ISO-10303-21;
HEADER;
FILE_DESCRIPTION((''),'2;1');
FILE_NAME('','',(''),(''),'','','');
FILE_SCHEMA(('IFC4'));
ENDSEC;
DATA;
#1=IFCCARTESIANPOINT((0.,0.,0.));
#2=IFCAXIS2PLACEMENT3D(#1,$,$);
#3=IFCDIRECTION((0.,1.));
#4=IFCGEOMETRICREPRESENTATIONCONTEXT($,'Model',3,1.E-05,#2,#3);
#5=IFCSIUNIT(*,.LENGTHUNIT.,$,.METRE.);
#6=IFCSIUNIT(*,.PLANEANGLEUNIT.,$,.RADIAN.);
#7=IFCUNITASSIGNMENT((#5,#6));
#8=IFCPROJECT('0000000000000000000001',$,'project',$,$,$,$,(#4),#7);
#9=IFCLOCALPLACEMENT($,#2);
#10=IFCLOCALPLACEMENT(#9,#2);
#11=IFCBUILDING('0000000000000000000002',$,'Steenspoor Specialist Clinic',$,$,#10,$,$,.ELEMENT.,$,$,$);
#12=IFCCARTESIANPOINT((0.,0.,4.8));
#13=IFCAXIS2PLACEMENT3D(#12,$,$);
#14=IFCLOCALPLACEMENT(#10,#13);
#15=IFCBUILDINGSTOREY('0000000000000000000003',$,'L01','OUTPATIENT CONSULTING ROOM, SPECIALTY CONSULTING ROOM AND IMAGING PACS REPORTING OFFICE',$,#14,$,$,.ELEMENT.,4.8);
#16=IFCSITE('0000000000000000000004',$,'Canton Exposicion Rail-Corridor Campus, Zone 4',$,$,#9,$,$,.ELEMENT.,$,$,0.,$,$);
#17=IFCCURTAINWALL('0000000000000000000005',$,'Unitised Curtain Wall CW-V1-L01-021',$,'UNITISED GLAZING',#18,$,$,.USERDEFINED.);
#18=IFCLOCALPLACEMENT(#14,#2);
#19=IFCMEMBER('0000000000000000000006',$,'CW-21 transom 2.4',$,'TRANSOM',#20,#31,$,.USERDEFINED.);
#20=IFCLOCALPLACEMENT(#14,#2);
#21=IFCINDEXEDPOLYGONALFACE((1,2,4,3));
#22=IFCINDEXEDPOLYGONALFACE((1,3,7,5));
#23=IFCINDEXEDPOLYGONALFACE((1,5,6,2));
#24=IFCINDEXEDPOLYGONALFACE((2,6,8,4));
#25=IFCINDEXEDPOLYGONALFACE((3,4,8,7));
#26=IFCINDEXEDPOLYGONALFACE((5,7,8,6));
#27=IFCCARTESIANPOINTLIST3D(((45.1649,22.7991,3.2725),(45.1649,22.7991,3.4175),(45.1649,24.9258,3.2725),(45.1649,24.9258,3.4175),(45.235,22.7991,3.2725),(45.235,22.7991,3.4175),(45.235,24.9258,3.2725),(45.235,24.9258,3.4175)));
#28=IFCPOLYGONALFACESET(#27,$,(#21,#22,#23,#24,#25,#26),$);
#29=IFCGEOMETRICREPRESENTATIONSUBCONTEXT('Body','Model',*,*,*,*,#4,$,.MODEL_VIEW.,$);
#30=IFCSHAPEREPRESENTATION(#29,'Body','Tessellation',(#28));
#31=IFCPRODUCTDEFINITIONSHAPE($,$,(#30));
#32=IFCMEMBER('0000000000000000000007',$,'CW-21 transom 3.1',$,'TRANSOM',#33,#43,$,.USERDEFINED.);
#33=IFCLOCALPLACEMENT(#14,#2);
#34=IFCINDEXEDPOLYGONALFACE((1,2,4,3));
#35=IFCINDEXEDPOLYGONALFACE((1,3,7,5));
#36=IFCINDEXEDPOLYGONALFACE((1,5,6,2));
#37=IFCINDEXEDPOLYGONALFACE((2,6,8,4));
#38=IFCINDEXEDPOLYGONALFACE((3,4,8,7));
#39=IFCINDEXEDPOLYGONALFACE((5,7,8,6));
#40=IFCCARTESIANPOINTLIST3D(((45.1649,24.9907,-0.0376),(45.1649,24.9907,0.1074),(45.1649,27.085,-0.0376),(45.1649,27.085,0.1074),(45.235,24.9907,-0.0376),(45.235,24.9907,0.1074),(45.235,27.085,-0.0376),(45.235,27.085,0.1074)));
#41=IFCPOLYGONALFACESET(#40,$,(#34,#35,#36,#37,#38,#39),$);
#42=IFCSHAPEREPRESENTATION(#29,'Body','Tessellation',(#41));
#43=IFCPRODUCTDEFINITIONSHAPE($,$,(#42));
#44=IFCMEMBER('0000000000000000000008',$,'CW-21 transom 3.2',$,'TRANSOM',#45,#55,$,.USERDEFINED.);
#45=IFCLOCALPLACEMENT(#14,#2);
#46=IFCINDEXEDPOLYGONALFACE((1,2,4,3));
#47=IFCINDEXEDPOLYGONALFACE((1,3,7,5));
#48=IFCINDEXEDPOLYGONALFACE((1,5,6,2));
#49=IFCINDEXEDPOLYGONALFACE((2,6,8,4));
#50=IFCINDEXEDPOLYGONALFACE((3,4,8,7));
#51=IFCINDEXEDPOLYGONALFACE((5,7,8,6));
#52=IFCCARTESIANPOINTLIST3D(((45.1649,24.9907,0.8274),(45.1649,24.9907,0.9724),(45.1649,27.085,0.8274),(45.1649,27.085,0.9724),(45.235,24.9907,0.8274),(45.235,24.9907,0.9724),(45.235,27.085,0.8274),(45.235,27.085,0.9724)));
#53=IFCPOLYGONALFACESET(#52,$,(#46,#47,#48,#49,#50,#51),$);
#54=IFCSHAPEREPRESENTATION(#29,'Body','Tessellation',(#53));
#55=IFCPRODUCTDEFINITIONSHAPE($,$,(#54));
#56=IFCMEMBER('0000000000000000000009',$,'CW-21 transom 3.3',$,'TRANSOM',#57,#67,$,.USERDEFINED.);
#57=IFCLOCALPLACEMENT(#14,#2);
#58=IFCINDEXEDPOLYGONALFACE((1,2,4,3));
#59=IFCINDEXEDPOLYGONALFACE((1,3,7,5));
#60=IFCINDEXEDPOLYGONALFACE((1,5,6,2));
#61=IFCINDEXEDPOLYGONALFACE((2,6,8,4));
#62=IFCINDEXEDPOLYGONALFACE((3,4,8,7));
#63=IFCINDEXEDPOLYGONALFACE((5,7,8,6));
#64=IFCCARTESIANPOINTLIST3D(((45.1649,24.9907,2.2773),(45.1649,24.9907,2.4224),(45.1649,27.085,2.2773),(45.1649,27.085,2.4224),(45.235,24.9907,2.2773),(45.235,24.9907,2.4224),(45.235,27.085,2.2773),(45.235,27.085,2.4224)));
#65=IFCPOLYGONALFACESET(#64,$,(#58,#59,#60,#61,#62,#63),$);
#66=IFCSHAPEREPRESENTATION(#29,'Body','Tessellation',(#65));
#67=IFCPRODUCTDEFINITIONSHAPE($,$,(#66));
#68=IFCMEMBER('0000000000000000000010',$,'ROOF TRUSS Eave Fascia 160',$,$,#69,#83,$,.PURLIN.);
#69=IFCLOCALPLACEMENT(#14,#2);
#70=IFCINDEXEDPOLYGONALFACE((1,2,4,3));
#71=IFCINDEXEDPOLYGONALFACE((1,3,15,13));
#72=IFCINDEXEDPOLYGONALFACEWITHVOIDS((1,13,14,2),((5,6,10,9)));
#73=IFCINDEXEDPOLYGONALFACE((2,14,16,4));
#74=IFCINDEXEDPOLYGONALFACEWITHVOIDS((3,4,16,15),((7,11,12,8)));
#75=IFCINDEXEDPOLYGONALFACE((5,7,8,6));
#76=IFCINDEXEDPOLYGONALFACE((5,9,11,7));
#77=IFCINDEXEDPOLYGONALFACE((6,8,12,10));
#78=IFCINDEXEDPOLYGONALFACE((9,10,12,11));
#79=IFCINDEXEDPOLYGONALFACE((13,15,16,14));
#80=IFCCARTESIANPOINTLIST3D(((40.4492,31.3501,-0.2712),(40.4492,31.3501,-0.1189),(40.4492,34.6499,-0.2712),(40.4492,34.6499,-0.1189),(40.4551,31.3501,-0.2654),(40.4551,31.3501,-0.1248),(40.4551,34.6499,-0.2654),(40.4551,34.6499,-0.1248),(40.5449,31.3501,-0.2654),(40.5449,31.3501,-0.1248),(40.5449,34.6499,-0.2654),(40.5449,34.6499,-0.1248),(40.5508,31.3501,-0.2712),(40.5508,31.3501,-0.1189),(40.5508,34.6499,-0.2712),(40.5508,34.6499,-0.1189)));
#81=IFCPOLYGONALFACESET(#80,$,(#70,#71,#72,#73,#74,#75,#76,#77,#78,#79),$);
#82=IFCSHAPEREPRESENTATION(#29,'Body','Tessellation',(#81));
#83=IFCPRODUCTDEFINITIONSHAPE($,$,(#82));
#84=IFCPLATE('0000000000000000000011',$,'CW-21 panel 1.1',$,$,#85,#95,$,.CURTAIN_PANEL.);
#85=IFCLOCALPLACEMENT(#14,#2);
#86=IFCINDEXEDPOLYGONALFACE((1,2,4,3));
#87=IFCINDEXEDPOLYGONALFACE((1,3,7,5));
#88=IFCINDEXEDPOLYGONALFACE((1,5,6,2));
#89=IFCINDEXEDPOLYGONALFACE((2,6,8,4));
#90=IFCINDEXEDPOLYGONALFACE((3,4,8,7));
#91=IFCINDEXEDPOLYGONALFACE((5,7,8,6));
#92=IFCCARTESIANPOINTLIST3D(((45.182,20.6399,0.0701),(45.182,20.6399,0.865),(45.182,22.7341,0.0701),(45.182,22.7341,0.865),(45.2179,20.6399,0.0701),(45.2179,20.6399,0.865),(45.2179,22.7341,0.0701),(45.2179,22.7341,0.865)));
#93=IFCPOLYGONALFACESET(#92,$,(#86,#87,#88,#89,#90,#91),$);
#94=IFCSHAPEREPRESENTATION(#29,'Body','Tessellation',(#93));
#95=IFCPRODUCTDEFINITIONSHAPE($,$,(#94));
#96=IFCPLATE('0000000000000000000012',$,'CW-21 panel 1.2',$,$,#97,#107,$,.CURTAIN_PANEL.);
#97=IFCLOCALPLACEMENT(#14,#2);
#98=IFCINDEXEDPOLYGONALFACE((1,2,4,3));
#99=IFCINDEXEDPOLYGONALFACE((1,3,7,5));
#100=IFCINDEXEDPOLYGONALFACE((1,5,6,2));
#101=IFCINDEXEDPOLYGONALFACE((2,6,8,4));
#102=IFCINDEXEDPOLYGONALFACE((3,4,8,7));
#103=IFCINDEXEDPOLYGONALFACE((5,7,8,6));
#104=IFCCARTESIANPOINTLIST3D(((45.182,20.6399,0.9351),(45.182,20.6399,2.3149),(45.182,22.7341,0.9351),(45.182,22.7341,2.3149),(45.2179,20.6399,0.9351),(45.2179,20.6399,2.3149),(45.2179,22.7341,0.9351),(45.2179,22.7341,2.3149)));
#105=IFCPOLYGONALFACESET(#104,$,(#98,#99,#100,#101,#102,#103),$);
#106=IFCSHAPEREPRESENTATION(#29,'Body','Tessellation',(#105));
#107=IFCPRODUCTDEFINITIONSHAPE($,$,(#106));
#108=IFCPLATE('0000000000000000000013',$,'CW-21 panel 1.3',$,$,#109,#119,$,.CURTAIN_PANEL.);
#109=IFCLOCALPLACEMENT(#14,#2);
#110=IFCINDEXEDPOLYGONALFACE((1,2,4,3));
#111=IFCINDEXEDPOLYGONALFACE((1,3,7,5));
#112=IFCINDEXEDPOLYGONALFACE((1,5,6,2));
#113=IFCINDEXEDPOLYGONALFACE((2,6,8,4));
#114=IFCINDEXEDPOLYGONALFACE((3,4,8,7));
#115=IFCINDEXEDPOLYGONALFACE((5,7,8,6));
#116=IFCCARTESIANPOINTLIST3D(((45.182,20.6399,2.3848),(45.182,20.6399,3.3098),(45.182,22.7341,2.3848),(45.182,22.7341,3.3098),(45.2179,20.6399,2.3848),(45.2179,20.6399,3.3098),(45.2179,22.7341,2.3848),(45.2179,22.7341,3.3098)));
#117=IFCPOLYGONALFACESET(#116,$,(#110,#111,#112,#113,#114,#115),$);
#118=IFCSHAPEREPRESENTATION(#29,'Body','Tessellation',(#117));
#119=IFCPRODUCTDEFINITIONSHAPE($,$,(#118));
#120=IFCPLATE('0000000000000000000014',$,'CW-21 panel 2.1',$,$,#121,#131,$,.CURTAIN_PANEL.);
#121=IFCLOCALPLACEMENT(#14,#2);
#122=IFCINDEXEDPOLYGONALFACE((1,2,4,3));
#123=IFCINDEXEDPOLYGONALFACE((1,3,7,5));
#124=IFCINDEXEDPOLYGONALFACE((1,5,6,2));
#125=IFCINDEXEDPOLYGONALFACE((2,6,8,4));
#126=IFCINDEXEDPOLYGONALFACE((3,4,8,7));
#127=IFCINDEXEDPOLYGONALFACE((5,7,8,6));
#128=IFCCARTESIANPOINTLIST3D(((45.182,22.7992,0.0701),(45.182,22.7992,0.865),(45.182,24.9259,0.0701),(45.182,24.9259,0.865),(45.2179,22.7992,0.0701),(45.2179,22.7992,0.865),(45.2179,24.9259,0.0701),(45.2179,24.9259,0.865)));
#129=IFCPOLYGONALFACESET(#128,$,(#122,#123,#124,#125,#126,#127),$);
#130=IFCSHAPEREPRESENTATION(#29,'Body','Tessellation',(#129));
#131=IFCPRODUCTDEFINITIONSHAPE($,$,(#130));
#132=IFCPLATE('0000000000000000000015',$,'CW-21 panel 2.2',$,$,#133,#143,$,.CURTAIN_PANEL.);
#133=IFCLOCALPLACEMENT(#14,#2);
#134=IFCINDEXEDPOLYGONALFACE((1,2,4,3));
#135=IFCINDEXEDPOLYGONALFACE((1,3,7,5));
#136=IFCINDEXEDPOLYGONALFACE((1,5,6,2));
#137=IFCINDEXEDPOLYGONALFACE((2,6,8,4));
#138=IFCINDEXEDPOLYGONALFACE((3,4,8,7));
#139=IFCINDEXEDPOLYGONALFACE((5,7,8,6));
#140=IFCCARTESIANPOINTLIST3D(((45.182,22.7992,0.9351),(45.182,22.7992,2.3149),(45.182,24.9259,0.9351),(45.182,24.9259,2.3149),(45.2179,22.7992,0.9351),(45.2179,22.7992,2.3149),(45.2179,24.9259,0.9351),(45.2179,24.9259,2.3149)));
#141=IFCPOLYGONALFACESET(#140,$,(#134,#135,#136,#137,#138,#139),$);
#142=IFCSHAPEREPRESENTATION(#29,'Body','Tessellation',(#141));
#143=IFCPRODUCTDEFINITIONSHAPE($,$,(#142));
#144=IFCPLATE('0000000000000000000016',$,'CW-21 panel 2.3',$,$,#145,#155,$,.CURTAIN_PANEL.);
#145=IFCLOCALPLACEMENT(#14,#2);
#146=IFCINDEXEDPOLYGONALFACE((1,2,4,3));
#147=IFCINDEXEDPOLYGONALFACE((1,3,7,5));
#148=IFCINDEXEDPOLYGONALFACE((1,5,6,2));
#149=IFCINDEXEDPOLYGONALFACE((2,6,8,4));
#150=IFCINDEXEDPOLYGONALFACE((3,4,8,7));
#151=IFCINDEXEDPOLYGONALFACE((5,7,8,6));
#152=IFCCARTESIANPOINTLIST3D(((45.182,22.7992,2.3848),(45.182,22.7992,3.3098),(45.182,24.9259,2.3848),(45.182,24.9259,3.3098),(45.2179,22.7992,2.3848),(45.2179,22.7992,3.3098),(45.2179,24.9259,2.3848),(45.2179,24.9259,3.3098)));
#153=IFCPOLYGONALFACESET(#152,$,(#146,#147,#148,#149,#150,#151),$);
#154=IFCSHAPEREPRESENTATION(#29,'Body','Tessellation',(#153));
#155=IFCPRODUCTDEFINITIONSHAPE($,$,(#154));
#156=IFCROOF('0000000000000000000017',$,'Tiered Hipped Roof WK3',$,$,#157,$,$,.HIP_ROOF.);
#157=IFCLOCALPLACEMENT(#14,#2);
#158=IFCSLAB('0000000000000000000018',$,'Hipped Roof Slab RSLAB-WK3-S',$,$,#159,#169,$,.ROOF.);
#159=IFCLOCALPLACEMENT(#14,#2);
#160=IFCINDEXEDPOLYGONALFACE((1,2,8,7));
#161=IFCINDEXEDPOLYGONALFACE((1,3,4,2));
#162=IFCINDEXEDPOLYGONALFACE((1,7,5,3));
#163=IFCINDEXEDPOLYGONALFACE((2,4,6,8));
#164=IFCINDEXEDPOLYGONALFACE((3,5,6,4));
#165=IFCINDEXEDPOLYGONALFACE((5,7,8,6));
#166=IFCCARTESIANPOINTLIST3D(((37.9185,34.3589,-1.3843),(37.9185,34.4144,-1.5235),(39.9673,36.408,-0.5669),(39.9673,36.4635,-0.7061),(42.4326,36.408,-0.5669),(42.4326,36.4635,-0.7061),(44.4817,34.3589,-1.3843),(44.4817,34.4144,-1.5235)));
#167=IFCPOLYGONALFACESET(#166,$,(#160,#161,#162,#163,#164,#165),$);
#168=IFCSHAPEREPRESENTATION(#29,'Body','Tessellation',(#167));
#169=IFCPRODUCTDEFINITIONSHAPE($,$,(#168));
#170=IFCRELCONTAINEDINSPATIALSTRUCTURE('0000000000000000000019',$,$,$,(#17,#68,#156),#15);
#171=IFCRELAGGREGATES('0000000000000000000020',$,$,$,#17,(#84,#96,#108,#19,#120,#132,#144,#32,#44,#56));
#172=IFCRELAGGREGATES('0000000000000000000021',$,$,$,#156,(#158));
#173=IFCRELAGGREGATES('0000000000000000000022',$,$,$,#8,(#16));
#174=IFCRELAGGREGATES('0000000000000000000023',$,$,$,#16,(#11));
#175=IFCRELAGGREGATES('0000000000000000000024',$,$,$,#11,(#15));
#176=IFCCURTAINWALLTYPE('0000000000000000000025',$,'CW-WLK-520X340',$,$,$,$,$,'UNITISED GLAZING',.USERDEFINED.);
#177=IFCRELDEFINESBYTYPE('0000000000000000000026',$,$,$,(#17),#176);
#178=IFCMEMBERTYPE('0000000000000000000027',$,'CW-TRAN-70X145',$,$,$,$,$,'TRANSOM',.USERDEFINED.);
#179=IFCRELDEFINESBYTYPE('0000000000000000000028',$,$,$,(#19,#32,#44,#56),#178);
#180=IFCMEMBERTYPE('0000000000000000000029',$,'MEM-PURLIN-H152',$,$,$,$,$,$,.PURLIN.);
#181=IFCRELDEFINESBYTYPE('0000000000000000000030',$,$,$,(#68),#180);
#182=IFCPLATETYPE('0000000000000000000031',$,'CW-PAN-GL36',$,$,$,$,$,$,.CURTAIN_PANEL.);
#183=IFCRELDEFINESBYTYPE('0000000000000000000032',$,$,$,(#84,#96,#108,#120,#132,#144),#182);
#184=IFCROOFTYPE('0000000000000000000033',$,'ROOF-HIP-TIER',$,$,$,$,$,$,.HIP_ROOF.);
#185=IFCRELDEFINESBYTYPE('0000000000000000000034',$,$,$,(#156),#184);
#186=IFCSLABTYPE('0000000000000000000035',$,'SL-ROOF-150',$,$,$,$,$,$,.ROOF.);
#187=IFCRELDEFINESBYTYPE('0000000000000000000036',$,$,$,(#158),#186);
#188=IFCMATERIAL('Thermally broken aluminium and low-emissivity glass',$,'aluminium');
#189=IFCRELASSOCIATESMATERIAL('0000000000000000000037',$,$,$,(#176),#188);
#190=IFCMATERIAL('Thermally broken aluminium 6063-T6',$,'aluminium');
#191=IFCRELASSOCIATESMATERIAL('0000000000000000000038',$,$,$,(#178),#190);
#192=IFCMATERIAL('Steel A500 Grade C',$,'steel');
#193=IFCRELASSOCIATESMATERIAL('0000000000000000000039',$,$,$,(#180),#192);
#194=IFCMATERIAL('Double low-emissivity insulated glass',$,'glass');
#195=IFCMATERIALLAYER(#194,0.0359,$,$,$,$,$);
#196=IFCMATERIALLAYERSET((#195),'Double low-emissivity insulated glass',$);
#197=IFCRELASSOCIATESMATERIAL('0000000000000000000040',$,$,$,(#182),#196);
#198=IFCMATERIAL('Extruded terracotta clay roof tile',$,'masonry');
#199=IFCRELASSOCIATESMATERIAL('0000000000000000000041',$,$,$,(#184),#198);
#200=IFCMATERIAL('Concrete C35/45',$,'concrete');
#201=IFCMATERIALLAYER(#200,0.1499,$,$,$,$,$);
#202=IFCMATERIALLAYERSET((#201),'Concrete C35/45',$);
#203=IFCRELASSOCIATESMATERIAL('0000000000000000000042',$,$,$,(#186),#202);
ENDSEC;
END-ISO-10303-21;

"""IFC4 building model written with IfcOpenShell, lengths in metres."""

from ifc_helpers import new_model, si_unit, direction, frame, origin, origin_2d, place, context, subcontext, project, spatial, polyline, rectangle, hollow_rectangle, outline, extrude, material, layer, layer_set, material_profile, profile_set, type_object, element, aggregate, save


model = new_model("IFC4")

# Units and contexts
model_context = context("Model", 3, precision=1e-05, world=origin(), true_north=direction((0.0, 1.0)))
body_context = subcontext(model_context, "Body", "Model", "MODEL_VIEW")
ifc_project = project(units=[si_unit("LENGTHUNIT", "METRE"), si_unit("PLANEANGLEUNIT", "RADIAN")], contexts=[model_context])

# Site, building, storey
site_placement = place(None, origin())
site = spatial("IfcSite", under=ifc_project, at=site_placement, Name="Canton Exposicion Rail-Corridor Campus, Zone 4", CompositionType="ELEMENT", RefElevation=0.0)
building_placement = place(site_placement, origin())
building = spatial("IfcBuilding", under=site, at=building_placement, Name="Steenspoor Specialist Clinic", CompositionType="ELEMENT")
storey_placement = place(building_placement, frame((0.0, 0.0, 4.8)))
storey = spatial("IfcBuildingStorey", under=building, at=storey_placement, Name="L01", Description="OUTPATIENT CONSULTING ROOM, SPECIALTY CONSULTING ROOM AND IMAGING PACS REPORTING OFFICE", CompositionType="ELEMENT", Elevation=4.8)

# Curtain wall, members
ifc_material_1 = material(Name="Thermally broken aluminium and low-emissivity glass", Category="aluminium")
curtain_wall_type = type_object("IfcCurtainWallType", Name="CW-WLK-520X340", ElementType="UNITISED GLAZING", PredefinedType="USERDEFINED", material=ifc_material_1)
curtain_wall_placement = place(storey_placement, origin())
curtain_wall = element("IfcCurtainWall", 1, at=curtain_wall_placement, inside=storey, type_object=curtain_wall_type, Name="Unitised Curtain Wall CW-V1-L01-021", ObjectType="UNITISED GLAZING", PredefinedType="USERDEFINED")
ifc_material_2 = material(Name="Thermally broken aluminium 6063-T6", Category="aluminium")
ifc_material_profile_1 = material_profile(ifc_material_2, rectangle(XDim=0.0701, YDim=0.145, at=origin_2d()), Name="CWT-70X145")
ifc_profile_set_1 = profile_set([ifc_material_profile_1], Name="Thermally broken aluminium 6063-T6")
member_type_1 = type_object("IfcMemberType", Name="CW-TRAN-70X145", ElementType="TRANSOM", PredefinedType="USERDEFINED", material=ifc_profile_set_1)
member_1_placement = place(storey_placement, frame((45.2, 22.7991, 3.345), z_axis=(0.0, 1.0, 0.0), x_axis=(-1.0, 0.0, 0.0)))
member_1 = element("IfcMember", 2, at=member_1_placement, type_object=member_type_1, Name="CW-21 transom 2.4", ObjectType="TRANSOM", PredefinedType="USERDEFINED", context=body_context, shape_type="SweptSolid", body=[
    extrude(rectangle(XDim=0.0701, YDim=0.145, at=origin_2d()), origin(), (0.0, 0.0, 1.0), 2.1267),
])
member_2_placement = place(storey_placement, frame((45.2, 24.9907, 0.0349), z_axis=(0.0, 1.0, 0.0), x_axis=(-1.0, 0.0, 0.0)))
member_2 = element("IfcMember", 3, at=member_2_placement, type_object=member_type_1, Name="CW-21 transom 3.1", ObjectType="TRANSOM", PredefinedType="USERDEFINED", context=body_context, shape_type="SweptSolid", body=[
    extrude(rectangle(XDim=0.0701, YDim=0.145, at=origin_2d()), origin(), (0.0, 0.0, 1.0), 2.0942),
])
member_3_placement = place(storey_placement, frame((45.2, 24.9907, 0.8999), z_axis=(0.0, 1.0, 0.0), x_axis=(-1.0, 0.0, 0.0)))
member_3 = element("IfcMember", 4, at=member_3_placement, type_object=member_type_1, Name="CW-21 transom 3.2", ObjectType="TRANSOM", PredefinedType="USERDEFINED", context=body_context, shape_type="SweptSolid", body=[
    extrude(rectangle(XDim=0.0701, YDim=0.145, at=origin_2d()), origin(), (0.0, 0.0, 1.0), 2.0942),
])
member_4_placement = place(storey_placement, frame((45.2, 24.9907, 2.3499), z_axis=(0.0, 1.0, 0.0), x_axis=(-1.0, 0.0, 0.0)))
member_4 = element("IfcMember", 5, at=member_4_placement, type_object=member_type_1, Name="CW-21 transom 3.3", ObjectType="TRANSOM", PredefinedType="USERDEFINED", context=body_context, shape_type="SweptSolid", body=[
    extrude(rectangle(XDim=0.0701, YDim=0.145, at=origin_2d()), origin(), (0.0, 0.0, 1.0), 2.0942),
])

# Member
ifc_material_3 = material(Name="Steel A500 Grade C", Category="steel")
ifc_material_profile_2 = material_profile(ifc_material_3, hollow_rectangle(XDim=0.1016, YDim=0.1523, WallThickness=0.0059, at=origin_2d()), Name="HSS152X102X6.4")
ifc_profile_set_2 = profile_set([ifc_material_profile_2], Name="Steel A500 Grade C")
member_type_2 = type_object("IfcMemberType", Name="MEM-PURLIN-H152", PredefinedType="PURLIN", material=ifc_profile_set_2)
member_5_placement = place(storey_placement, frame((40.5, 31.3501, -0.1951), z_axis=(0.0, 1.0, 0.0), x_axis=(-1.0, 0.0, 0.0)))
element("IfcMember", 6, at=member_5_placement, inside=storey, type_object=member_type_2, Name="ROOF TRUSS Eave Fascia 160", PredefinedType="PURLIN", context=body_context, shape_type="SweptSolid", body=[
    extrude(hollow_rectangle(XDim=0.1016, YDim=0.1523, WallThickness=0.0059, at=origin_2d()), origin(), (0.0, 0.0, 1.0), 3.2998),
])

# Plates
ifc_material_4 = material(Name="Double low-emissivity insulated glass", Category="glass")
ifc_layer_1 = layer(ifc_material_4, 0.0359)
ifc_layer_set_1 = layer_set([ifc_layer_1], Name="Double low-emissivity insulated glass")
plate_type = type_object("IfcPlateType", Name="CW-PAN-GL36", PredefinedType="CURTAIN_PANEL", material=ifc_layer_set_1)
plate_1_placement = place(storey_placement, frame((45.2, 21.687, 0.0701), z_axis=(0.0, 0.0, 1.0), x_axis=(0.0, 1.0, 0.0)))
plate_1 = element("IfcPlate", 7, at=plate_1_placement, type_object=plate_type, Name="CW-21 panel 1.1", PredefinedType="CURTAIN_PANEL", context=body_context, shape_type="SweptSolid", body=[
    extrude(rectangle(XDim=2.0942, YDim=0.0359, at=origin_2d()), origin(), (0.0, 0.0, 1.0), 0.7949),
])
plate_2_placement = place(storey_placement, frame((45.2, 21.687, 0.9351), z_axis=(0.0, 0.0, 1.0), x_axis=(0.0, 1.0, 0.0)))
plate_2 = element("IfcPlate", 8, at=plate_2_placement, type_object=plate_type, Name="CW-21 panel 1.2", PredefinedType="CURTAIN_PANEL", context=body_context, shape_type="SweptSolid", body=[
    extrude(rectangle(XDim=2.0942, YDim=0.0359, at=origin_2d()), origin(), (0.0, 0.0, 1.0), 1.3799),
])
plate_3_placement = place(storey_placement, frame((45.2, 21.687, 2.3848), z_axis=(0.0, 0.0, 1.0), x_axis=(0.0, 1.0, 0.0)))
plate_3 = element("IfcPlate", 9, at=plate_3_placement, type_object=plate_type, Name="CW-21 panel 1.3", PredefinedType="CURTAIN_PANEL", context=body_context, shape_type="SweptSolid", body=[
    extrude(rectangle(XDim=2.0942, YDim=0.0359, at=origin_2d()), origin(), (0.0, 0.0, 1.0), 0.925),
])
plate_4_placement = place(storey_placement, frame((45.2, 23.8625, 0.0701), z_axis=(0.0, 0.0, 1.0), x_axis=(0.0, 1.0, 0.0)))
plate_4 = element("IfcPlate", 10, at=plate_4_placement, type_object=plate_type, Name="CW-21 panel 2.1", PredefinedType="CURTAIN_PANEL", context=body_context, shape_type="SweptSolid", body=[
    extrude(rectangle(XDim=2.1267, YDim=0.0359, at=origin_2d()), origin(), (0.0, 0.0, 1.0), 0.7949),
])
plate_5_placement = place(storey_placement, frame((45.2, 23.8625, 0.9351), z_axis=(0.0, 0.0, 1.0), x_axis=(0.0, 1.0, 0.0)))
plate_5 = element("IfcPlate", 11, at=plate_5_placement, type_object=plate_type, Name="CW-21 panel 2.2", PredefinedType="CURTAIN_PANEL", context=body_context, shape_type="SweptSolid", body=[
    extrude(rectangle(XDim=2.1267, YDim=0.0359, at=origin_2d()), origin(), (0.0, 0.0, 1.0), 1.3799),
])
plate_6_placement = place(storey_placement, frame((45.2, 23.8625, 2.3848), z_axis=(0.0, 0.0, 1.0), x_axis=(0.0, 1.0, 0.0)))
plate_6 = element("IfcPlate", 12, at=plate_6_placement, type_object=plate_type, Name="CW-21 panel 2.3", PredefinedType="CURTAIN_PANEL", context=body_context, shape_type="SweptSolid", body=[
    extrude(rectangle(XDim=2.1267, YDim=0.0359, at=origin_2d()), origin(), (0.0, 0.0, 1.0), 0.925),
])
aggregate(curtain_wall, [plate_1, plate_2, plate_3, member_1, plate_4, plate_5, plate_6, member_2, member_3, member_4])

# Roof, slab
ifc_material_5 = material(Name="Extruded terracotta clay roof tile", Category="masonry")
roof_type = type_object("IfcRoofType", Name="ROOF-HIP-TIER", PredefinedType="HIP_ROOF", material=ifc_material_5)
roof_placement = place(storey_placement, origin())
roof = element("IfcRoof", 13, at=roof_placement, inside=storey, type_object=roof_type, Name="Tiered Hipped Roof WK3", PredefinedType="HIP_ROOF")
ifc_material_6 = material(Name="Concrete C35/45", Category="concrete")
ifc_layer_2 = layer(ifc_material_6, 0.1499)
ifc_layer_set_2 = layer_set([ifc_layer_2], Name="Concrete C35/45")
slab_type = type_object("IfcSlabType", Name="SL-ROOF-150", PredefinedType="ROOF", material=ifc_layer_set_2)
slab_1_placement = place(storey_placement, frame((44.4817, 34.3589, -1.3843), z_axis=(0.0, -0.370513, 0.928827), x_axis=(-0.680552, 0.680552, 0.271475)))
slab_1 = element("IfcSlab", 14, at=slab_1_placement, type_object=slab_type, Name="Hipped Roof Slab RSLAB-WK3-S", PredefinedType="ROOF", context=body_context, shape_type="SweptSolid", body=[
    extrude(outline(polyline([(0.0, 0.0), (3.0109, 0.0), (4.6887, 1.8063), (4.4666, 4.8089), (0.0, 0.0)])), origin(), (0.0, 0.0, -1.0), 0.1499),
])
aggregate(roof, [slab_1])

save(model, "model.ifc")
